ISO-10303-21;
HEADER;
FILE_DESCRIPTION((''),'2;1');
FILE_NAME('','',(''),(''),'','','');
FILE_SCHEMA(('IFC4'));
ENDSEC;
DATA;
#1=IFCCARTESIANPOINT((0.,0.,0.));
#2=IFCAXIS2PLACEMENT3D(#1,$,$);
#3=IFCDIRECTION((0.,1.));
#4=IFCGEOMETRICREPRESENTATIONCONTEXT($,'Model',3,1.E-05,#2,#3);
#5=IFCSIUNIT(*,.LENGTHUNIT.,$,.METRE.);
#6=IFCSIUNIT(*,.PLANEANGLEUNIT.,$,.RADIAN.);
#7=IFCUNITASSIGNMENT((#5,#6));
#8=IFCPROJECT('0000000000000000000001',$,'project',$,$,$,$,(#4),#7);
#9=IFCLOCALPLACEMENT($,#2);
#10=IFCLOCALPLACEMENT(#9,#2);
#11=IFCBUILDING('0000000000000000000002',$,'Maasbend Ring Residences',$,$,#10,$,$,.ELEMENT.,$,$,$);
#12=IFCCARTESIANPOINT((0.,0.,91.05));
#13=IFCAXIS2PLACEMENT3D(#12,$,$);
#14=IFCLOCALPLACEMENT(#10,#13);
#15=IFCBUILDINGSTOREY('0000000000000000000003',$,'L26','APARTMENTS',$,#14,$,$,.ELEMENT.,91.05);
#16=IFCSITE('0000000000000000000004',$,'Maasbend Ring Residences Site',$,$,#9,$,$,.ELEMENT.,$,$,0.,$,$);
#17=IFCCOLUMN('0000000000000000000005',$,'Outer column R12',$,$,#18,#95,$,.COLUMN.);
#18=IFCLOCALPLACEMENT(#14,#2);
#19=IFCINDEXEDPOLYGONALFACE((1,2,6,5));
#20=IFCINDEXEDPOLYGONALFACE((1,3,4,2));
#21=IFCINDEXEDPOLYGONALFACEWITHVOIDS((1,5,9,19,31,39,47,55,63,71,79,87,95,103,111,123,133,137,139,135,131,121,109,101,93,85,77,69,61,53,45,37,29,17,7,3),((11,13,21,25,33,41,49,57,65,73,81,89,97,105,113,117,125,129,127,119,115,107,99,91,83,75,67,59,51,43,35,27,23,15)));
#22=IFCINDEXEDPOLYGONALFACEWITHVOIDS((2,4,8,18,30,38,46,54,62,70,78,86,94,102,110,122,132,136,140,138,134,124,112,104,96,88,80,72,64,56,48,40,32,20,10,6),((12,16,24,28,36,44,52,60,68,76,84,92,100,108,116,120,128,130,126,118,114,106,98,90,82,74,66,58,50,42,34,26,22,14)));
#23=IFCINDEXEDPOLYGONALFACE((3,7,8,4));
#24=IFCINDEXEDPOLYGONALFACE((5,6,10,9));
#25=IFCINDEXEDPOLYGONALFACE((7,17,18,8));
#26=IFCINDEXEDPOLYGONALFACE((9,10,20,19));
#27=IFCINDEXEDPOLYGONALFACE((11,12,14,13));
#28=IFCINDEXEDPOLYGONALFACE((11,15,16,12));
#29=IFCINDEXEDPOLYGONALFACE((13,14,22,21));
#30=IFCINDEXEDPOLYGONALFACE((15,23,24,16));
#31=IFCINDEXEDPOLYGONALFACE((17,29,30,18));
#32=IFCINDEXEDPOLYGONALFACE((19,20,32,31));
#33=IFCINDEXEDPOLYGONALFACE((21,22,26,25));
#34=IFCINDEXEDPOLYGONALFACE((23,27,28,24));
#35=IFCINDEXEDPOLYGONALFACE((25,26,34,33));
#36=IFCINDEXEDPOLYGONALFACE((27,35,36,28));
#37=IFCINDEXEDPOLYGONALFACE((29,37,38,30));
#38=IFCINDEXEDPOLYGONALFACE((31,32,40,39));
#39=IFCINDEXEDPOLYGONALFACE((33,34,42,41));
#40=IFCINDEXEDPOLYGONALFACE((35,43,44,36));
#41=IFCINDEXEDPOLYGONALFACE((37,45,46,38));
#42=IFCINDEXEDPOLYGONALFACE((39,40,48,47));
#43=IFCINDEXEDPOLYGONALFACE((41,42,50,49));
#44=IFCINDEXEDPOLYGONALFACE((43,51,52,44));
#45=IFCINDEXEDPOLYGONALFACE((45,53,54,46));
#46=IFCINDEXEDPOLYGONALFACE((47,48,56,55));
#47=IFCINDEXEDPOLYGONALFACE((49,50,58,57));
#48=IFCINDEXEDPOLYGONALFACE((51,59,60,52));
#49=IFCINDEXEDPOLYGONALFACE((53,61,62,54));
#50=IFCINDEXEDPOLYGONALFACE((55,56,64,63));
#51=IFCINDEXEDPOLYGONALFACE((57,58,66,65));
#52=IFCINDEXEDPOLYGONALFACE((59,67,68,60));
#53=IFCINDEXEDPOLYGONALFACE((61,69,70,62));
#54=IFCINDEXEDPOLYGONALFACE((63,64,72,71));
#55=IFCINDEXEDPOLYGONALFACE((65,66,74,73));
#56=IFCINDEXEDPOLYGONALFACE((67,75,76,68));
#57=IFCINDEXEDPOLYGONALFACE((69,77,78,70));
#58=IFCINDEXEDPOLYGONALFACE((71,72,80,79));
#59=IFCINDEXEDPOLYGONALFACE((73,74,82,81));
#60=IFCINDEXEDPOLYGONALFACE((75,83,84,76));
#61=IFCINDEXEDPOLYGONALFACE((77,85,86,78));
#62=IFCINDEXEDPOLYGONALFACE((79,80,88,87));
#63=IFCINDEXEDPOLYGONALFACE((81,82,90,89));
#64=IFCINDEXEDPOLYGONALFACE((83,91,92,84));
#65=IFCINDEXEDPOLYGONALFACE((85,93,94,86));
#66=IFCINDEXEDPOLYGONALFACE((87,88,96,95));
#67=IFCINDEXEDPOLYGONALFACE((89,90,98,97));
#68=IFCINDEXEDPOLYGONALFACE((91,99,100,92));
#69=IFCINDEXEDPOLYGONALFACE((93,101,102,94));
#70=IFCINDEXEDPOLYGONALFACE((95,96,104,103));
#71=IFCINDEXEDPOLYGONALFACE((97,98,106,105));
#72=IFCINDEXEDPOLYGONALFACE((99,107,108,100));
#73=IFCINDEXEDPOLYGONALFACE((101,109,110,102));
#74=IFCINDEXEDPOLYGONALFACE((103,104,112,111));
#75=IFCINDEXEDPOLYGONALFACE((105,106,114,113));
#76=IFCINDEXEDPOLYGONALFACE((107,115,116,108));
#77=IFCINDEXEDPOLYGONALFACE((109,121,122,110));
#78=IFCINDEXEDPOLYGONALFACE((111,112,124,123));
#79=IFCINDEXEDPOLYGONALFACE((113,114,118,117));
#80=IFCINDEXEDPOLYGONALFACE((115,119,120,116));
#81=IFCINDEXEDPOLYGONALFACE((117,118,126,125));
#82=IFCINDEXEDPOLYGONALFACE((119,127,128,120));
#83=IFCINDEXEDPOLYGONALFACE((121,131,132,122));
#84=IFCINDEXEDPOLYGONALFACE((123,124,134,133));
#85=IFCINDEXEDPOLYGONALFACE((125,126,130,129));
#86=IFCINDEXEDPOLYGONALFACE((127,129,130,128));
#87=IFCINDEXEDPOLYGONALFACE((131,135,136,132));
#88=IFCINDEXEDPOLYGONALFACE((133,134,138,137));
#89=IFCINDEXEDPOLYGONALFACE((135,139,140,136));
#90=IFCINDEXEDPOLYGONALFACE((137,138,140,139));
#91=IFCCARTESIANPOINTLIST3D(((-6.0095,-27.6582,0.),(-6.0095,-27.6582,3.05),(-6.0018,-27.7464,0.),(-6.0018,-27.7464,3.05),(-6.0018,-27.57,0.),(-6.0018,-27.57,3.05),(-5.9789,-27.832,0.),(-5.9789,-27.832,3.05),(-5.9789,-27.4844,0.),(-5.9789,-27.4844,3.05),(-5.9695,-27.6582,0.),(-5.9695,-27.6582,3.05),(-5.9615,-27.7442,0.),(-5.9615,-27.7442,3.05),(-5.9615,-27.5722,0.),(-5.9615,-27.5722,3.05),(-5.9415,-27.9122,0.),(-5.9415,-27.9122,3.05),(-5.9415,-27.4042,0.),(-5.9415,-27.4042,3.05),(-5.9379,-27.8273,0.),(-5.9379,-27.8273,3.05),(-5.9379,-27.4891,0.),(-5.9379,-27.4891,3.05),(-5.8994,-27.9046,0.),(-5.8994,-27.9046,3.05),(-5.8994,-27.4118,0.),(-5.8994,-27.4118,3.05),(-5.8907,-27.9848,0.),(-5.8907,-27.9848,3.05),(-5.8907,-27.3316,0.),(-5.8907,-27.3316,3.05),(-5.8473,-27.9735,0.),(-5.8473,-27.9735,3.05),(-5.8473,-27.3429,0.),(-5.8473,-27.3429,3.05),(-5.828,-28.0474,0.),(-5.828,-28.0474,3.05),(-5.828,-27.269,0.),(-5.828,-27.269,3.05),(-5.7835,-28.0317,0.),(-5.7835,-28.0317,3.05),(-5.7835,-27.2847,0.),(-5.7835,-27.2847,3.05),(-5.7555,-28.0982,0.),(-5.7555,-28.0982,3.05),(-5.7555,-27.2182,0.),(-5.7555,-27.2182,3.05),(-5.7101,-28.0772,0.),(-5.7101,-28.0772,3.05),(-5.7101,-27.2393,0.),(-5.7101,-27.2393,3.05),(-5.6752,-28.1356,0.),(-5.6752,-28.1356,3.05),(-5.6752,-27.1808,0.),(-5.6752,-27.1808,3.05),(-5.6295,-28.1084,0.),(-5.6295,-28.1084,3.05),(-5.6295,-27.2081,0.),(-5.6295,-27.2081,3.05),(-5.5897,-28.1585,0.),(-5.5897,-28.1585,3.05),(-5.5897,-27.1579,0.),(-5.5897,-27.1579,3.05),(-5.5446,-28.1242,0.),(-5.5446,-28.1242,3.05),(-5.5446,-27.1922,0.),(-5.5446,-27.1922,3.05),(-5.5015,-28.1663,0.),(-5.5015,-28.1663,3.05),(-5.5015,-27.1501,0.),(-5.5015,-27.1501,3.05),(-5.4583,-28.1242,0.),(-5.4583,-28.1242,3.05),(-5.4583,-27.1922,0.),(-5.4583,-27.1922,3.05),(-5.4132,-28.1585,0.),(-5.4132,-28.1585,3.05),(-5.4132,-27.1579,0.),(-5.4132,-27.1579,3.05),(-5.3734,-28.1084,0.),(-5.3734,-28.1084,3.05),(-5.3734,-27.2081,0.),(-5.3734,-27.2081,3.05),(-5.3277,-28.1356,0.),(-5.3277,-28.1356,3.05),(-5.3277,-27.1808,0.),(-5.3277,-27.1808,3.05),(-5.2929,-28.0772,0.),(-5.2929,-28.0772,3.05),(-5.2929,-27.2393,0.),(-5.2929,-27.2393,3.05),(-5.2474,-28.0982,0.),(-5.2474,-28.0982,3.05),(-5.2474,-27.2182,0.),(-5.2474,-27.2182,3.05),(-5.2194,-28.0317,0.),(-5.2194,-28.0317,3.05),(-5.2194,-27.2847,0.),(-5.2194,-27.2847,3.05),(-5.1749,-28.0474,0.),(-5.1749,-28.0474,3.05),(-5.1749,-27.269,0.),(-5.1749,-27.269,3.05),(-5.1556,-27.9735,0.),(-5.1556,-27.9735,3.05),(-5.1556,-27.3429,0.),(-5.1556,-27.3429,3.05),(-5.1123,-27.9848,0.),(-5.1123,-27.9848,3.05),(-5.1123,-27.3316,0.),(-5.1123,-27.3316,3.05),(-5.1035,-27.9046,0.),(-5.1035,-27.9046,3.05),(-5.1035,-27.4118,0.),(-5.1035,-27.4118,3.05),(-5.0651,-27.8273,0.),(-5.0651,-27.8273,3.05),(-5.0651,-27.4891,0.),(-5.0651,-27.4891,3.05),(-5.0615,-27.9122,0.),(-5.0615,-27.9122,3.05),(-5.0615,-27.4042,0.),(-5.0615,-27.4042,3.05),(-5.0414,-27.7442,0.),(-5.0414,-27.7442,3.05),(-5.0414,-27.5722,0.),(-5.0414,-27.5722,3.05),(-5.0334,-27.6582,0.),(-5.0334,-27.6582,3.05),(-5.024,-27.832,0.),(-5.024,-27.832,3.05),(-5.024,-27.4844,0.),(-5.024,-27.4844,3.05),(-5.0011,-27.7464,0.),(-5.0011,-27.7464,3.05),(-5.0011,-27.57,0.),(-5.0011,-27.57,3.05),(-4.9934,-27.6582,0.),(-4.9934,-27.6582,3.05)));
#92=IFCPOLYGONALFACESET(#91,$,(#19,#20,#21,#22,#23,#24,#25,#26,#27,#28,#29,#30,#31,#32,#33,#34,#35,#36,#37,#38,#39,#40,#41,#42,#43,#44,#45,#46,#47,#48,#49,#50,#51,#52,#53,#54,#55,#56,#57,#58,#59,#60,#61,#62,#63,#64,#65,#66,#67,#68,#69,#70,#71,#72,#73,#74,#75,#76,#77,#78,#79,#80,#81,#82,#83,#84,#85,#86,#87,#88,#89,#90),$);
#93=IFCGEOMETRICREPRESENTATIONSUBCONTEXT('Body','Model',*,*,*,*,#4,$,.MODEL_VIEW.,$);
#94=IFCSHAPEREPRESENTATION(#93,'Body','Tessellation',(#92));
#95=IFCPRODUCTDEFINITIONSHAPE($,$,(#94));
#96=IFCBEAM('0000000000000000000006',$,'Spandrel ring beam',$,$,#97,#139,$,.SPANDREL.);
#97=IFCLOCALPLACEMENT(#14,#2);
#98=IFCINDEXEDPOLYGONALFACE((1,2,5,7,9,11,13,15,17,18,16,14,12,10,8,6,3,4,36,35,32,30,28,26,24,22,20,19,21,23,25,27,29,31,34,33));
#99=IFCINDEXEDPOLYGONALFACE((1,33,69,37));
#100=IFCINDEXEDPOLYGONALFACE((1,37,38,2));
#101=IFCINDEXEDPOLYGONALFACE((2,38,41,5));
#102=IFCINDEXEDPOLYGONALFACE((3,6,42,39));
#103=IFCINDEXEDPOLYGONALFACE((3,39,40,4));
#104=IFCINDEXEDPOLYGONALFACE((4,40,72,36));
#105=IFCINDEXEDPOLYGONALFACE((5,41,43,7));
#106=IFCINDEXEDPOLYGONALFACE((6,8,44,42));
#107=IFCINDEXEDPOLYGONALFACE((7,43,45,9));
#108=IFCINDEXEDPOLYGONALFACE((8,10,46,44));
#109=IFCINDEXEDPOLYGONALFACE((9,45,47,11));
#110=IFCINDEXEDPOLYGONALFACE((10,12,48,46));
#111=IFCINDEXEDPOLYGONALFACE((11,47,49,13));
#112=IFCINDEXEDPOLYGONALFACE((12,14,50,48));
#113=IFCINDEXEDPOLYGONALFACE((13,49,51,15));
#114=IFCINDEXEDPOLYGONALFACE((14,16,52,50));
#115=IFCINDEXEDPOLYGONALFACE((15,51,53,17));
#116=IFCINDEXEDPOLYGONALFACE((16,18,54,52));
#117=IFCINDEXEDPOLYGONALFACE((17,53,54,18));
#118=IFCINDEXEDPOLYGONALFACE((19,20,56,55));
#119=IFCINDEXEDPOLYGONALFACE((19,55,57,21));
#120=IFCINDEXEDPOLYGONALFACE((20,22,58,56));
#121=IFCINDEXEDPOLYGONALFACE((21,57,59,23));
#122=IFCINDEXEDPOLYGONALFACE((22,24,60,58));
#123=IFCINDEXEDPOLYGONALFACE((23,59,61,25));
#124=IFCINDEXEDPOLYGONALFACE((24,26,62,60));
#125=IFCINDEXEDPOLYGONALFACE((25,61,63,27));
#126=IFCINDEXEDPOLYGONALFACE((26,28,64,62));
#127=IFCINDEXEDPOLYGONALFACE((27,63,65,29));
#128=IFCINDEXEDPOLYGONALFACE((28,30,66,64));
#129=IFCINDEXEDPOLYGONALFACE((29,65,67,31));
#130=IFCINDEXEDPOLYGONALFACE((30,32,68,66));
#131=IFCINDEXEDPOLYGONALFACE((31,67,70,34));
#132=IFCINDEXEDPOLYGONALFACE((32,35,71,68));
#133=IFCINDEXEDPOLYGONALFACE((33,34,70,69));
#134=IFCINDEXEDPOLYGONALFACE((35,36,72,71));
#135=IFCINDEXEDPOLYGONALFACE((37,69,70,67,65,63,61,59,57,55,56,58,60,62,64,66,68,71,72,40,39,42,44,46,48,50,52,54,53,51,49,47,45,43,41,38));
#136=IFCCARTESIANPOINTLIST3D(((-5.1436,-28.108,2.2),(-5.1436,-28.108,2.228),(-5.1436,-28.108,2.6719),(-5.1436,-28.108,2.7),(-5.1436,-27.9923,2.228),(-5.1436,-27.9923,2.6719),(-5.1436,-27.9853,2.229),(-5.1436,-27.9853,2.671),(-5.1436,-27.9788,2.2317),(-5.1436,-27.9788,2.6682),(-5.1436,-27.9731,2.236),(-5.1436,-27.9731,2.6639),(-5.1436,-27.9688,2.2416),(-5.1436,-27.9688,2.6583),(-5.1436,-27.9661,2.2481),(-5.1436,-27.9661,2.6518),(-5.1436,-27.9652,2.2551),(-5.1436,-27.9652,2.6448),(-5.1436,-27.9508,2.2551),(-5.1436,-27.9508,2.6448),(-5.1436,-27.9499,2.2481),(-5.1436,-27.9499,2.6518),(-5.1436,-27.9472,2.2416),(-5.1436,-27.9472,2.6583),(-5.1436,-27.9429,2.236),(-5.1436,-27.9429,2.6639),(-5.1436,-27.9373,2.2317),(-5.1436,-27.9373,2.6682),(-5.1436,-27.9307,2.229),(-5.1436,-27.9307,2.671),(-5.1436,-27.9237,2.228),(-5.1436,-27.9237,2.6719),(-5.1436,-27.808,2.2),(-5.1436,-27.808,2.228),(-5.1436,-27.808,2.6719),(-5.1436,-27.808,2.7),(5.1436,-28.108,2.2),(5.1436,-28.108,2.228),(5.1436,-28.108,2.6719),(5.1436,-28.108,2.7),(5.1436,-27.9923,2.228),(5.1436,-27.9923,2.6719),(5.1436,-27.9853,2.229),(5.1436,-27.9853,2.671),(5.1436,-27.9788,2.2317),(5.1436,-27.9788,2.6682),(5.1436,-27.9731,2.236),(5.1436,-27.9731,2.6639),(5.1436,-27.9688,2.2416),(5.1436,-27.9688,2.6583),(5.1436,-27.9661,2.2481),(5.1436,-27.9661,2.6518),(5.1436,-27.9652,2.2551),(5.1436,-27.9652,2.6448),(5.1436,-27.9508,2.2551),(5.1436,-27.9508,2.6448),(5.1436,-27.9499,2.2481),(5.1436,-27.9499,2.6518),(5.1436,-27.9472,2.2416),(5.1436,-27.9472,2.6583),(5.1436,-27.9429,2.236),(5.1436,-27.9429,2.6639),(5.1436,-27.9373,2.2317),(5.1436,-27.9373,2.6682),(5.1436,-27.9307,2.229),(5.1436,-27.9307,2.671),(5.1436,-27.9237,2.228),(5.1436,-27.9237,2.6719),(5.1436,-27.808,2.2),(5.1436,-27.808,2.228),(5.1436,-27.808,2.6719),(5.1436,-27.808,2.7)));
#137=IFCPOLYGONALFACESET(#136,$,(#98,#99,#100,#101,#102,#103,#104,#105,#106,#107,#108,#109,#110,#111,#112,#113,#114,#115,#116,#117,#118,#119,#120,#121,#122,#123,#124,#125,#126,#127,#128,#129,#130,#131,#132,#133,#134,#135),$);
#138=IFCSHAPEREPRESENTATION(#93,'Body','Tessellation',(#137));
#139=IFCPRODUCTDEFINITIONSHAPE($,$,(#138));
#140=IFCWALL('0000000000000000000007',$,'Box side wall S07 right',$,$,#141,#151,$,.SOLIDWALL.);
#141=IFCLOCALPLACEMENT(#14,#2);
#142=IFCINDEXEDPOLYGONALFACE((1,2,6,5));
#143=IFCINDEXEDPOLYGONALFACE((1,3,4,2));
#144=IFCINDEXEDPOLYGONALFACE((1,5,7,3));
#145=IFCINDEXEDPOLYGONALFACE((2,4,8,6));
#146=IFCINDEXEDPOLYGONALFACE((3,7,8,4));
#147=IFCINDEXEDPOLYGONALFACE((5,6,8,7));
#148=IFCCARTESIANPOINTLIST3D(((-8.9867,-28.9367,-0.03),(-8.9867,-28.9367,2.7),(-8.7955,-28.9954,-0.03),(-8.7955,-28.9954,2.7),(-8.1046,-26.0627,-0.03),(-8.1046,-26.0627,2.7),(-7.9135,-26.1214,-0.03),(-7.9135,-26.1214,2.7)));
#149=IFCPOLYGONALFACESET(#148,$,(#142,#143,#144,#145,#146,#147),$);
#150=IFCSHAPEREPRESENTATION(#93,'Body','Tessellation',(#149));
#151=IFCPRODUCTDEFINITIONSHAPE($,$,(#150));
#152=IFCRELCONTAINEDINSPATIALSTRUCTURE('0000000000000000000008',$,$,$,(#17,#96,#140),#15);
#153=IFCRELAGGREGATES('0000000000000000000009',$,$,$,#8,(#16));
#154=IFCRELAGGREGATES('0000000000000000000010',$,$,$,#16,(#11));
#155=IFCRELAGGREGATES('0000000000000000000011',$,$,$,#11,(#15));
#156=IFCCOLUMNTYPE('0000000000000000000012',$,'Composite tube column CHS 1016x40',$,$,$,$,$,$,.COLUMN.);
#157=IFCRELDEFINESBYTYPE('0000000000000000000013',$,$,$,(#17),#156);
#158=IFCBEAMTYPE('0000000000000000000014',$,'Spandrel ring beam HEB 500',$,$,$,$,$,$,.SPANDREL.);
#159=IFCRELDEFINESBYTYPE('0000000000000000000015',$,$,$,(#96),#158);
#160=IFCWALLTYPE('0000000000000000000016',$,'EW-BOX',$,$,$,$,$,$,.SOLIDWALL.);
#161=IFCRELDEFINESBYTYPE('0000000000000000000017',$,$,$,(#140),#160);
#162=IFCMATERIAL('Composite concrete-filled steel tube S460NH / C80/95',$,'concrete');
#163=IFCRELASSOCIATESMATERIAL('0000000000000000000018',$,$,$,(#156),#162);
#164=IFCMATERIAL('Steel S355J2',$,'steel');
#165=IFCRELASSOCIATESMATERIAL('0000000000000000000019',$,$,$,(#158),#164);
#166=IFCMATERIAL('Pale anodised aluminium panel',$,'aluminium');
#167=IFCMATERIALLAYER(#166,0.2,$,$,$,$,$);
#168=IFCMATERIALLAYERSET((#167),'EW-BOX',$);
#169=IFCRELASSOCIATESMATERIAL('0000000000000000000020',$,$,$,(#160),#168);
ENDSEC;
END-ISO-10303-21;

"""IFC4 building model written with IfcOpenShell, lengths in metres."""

from ifc_helpers import new_model, si_unit, direction, frame, frame_2d, origin, origin_2d, place, context, subcontext, project, spatial, rectangle, hollow_circle, i_section, extrude, material, layer, layer_set, material_profile, profile_set, type_object, element, save


model = new_model("IFC4")

# Units and contexts
model_context = context("Model", 3, precision=1e-05, world=origin(), true_north=direction((0.0, 1.0)))
body_context = subcontext(model_context, "Body", "Model", "MODEL_VIEW")
ifc_project = project(units=[si_unit("LENGTHUNIT", "METRE"), si_unit("PLANEANGLEUNIT", "RADIAN")], contexts=[model_context])

# Site, building, storey
site_placement = place(None, origin())
site = spatial("IfcSite", under=ifc_project, at=site_placement, Name="Maasbend Ring Residences Site", CompositionType="ELEMENT", RefElevation=0.0)
building_placement = place(site_placement, origin())
building = spatial("IfcBuilding", under=site, at=building_placement, Name="Maasbend Ring Residences", CompositionType="ELEMENT")
storey_placement = place(building_placement, frame((0.0, 0.0, 91.05)))
storey = spatial("IfcBuildingStorey", under=building, at=storey_placement, Name="L26", Description="APARTMENTS", CompositionType="ELEMENT", Elevation=91.05)

# Column
ifc_material_1 = material(Name="Composite concrete-filled steel tube S460NH / C80/95", Category="concrete")
ifc_material_profile_1 = material_profile(ifc_material_1, hollow_circle(Radius=0.5081, WallThickness=0.04, at=origin_2d()), Name="Composite tube column CHS 1016x40")
ifc_profile_set_1 = profile_set([ifc_material_profile_1], Name="Composite concrete-filled steel tube S460NH / C80/95")
column_type = type_object("IfcColumnType", Name="Composite tube column CHS 1016x40", PredefinedType="COLUMN", material=ifc_profile_set_1)
column_placement = place(storey_placement, frame((-5.5015, -27.6582, 0.0), z_axis=(0.0, 0.0, 1.0), x_axis=(1.0, 0.0, 0.0)))
element("IfcColumn", 1, at=column_placement, inside=storey, type_object=column_type, Name="Outer column R12", PredefinedType="COLUMN", context=body_context, shape_type="SweptSolid", body=[
    extrude(hollow_circle(Radius=0.5081, WallThickness=0.04, at=origin_2d()), origin(), (0.0, 0.0, 1.0), 3.05),
])

# Beam
ifc_material_2 = material(Name="Steel S355J2", Category="steel")
ifc_material_profile_2 = material_profile(ifc_material_2, i_section(OverallWidth=0.3, OverallDepth=0.5, WebThickness=0.0144, FlangeThickness=0.0281, FilletRadius=0.0271, at=origin_2d()), Name="HEB 500")
ifc_profile_set_2 = profile_set([ifc_material_profile_2], Name="Steel S355J2")
beam_type = type_object("IfcBeamType", Name="Spandrel ring beam HEB 500", PredefinedType="SPANDREL", material=ifc_profile_set_2)
beam_placement = place(storey_placement, frame((-5.1436, -27.958, 2.45), z_axis=(1.0, 0.0, 0.0), x_axis=(0.0, 1.0, 0.0)))
element("IfcBeam", 2, at=beam_placement, inside=storey, type_object=beam_type, Name="Spandrel ring beam", PredefinedType="SPANDREL", context=body_context, shape_type="SweptSolid", body=[
    extrude(i_section(OverallWidth=0.3, OverallDepth=0.5, WebThickness=0.0144, FlangeThickness=0.0281, FilletRadius=0.0271, at=origin_2d()), origin(), (0.0, 0.0, 1.0), 10.2871),
])

# Wall
ifc_material_3 = material(Name="Pale anodised aluminium panel", Category="aluminium")
ifc_layer_1 = layer(ifc_material_3, 0.2)
ifc_layer_set_1 = layer_set([ifc_layer_1], Name="EW-BOX")
wall_type_1 = type_object("IfcWallType", Name="EW-BOX", PredefinedType="SOLIDWALL", material=ifc_layer_set_1)
wall_1_placement = place(storey_placement, frame((-8.009, -26.092, -0.03), z_axis=(0.0, 0.0, 1.0), x_axis=(-0.293407, -0.955988, 0.0)))
element("IfcWall", 3, at=wall_1_placement, inside=storey, type_object=wall_type_1, Name="Box side wall S07 right", PredefinedType="SOLIDWALL", context=body_context, shape_type="SweptSolid", body=[
    extrude(rectangle(XDim=3.0063, YDim=0.2, at=frame_2d((1.5032, 0.0))), origin(), (0.0, 0.0, 1.0), 2.73),
])

save(model, "model.ifc")
